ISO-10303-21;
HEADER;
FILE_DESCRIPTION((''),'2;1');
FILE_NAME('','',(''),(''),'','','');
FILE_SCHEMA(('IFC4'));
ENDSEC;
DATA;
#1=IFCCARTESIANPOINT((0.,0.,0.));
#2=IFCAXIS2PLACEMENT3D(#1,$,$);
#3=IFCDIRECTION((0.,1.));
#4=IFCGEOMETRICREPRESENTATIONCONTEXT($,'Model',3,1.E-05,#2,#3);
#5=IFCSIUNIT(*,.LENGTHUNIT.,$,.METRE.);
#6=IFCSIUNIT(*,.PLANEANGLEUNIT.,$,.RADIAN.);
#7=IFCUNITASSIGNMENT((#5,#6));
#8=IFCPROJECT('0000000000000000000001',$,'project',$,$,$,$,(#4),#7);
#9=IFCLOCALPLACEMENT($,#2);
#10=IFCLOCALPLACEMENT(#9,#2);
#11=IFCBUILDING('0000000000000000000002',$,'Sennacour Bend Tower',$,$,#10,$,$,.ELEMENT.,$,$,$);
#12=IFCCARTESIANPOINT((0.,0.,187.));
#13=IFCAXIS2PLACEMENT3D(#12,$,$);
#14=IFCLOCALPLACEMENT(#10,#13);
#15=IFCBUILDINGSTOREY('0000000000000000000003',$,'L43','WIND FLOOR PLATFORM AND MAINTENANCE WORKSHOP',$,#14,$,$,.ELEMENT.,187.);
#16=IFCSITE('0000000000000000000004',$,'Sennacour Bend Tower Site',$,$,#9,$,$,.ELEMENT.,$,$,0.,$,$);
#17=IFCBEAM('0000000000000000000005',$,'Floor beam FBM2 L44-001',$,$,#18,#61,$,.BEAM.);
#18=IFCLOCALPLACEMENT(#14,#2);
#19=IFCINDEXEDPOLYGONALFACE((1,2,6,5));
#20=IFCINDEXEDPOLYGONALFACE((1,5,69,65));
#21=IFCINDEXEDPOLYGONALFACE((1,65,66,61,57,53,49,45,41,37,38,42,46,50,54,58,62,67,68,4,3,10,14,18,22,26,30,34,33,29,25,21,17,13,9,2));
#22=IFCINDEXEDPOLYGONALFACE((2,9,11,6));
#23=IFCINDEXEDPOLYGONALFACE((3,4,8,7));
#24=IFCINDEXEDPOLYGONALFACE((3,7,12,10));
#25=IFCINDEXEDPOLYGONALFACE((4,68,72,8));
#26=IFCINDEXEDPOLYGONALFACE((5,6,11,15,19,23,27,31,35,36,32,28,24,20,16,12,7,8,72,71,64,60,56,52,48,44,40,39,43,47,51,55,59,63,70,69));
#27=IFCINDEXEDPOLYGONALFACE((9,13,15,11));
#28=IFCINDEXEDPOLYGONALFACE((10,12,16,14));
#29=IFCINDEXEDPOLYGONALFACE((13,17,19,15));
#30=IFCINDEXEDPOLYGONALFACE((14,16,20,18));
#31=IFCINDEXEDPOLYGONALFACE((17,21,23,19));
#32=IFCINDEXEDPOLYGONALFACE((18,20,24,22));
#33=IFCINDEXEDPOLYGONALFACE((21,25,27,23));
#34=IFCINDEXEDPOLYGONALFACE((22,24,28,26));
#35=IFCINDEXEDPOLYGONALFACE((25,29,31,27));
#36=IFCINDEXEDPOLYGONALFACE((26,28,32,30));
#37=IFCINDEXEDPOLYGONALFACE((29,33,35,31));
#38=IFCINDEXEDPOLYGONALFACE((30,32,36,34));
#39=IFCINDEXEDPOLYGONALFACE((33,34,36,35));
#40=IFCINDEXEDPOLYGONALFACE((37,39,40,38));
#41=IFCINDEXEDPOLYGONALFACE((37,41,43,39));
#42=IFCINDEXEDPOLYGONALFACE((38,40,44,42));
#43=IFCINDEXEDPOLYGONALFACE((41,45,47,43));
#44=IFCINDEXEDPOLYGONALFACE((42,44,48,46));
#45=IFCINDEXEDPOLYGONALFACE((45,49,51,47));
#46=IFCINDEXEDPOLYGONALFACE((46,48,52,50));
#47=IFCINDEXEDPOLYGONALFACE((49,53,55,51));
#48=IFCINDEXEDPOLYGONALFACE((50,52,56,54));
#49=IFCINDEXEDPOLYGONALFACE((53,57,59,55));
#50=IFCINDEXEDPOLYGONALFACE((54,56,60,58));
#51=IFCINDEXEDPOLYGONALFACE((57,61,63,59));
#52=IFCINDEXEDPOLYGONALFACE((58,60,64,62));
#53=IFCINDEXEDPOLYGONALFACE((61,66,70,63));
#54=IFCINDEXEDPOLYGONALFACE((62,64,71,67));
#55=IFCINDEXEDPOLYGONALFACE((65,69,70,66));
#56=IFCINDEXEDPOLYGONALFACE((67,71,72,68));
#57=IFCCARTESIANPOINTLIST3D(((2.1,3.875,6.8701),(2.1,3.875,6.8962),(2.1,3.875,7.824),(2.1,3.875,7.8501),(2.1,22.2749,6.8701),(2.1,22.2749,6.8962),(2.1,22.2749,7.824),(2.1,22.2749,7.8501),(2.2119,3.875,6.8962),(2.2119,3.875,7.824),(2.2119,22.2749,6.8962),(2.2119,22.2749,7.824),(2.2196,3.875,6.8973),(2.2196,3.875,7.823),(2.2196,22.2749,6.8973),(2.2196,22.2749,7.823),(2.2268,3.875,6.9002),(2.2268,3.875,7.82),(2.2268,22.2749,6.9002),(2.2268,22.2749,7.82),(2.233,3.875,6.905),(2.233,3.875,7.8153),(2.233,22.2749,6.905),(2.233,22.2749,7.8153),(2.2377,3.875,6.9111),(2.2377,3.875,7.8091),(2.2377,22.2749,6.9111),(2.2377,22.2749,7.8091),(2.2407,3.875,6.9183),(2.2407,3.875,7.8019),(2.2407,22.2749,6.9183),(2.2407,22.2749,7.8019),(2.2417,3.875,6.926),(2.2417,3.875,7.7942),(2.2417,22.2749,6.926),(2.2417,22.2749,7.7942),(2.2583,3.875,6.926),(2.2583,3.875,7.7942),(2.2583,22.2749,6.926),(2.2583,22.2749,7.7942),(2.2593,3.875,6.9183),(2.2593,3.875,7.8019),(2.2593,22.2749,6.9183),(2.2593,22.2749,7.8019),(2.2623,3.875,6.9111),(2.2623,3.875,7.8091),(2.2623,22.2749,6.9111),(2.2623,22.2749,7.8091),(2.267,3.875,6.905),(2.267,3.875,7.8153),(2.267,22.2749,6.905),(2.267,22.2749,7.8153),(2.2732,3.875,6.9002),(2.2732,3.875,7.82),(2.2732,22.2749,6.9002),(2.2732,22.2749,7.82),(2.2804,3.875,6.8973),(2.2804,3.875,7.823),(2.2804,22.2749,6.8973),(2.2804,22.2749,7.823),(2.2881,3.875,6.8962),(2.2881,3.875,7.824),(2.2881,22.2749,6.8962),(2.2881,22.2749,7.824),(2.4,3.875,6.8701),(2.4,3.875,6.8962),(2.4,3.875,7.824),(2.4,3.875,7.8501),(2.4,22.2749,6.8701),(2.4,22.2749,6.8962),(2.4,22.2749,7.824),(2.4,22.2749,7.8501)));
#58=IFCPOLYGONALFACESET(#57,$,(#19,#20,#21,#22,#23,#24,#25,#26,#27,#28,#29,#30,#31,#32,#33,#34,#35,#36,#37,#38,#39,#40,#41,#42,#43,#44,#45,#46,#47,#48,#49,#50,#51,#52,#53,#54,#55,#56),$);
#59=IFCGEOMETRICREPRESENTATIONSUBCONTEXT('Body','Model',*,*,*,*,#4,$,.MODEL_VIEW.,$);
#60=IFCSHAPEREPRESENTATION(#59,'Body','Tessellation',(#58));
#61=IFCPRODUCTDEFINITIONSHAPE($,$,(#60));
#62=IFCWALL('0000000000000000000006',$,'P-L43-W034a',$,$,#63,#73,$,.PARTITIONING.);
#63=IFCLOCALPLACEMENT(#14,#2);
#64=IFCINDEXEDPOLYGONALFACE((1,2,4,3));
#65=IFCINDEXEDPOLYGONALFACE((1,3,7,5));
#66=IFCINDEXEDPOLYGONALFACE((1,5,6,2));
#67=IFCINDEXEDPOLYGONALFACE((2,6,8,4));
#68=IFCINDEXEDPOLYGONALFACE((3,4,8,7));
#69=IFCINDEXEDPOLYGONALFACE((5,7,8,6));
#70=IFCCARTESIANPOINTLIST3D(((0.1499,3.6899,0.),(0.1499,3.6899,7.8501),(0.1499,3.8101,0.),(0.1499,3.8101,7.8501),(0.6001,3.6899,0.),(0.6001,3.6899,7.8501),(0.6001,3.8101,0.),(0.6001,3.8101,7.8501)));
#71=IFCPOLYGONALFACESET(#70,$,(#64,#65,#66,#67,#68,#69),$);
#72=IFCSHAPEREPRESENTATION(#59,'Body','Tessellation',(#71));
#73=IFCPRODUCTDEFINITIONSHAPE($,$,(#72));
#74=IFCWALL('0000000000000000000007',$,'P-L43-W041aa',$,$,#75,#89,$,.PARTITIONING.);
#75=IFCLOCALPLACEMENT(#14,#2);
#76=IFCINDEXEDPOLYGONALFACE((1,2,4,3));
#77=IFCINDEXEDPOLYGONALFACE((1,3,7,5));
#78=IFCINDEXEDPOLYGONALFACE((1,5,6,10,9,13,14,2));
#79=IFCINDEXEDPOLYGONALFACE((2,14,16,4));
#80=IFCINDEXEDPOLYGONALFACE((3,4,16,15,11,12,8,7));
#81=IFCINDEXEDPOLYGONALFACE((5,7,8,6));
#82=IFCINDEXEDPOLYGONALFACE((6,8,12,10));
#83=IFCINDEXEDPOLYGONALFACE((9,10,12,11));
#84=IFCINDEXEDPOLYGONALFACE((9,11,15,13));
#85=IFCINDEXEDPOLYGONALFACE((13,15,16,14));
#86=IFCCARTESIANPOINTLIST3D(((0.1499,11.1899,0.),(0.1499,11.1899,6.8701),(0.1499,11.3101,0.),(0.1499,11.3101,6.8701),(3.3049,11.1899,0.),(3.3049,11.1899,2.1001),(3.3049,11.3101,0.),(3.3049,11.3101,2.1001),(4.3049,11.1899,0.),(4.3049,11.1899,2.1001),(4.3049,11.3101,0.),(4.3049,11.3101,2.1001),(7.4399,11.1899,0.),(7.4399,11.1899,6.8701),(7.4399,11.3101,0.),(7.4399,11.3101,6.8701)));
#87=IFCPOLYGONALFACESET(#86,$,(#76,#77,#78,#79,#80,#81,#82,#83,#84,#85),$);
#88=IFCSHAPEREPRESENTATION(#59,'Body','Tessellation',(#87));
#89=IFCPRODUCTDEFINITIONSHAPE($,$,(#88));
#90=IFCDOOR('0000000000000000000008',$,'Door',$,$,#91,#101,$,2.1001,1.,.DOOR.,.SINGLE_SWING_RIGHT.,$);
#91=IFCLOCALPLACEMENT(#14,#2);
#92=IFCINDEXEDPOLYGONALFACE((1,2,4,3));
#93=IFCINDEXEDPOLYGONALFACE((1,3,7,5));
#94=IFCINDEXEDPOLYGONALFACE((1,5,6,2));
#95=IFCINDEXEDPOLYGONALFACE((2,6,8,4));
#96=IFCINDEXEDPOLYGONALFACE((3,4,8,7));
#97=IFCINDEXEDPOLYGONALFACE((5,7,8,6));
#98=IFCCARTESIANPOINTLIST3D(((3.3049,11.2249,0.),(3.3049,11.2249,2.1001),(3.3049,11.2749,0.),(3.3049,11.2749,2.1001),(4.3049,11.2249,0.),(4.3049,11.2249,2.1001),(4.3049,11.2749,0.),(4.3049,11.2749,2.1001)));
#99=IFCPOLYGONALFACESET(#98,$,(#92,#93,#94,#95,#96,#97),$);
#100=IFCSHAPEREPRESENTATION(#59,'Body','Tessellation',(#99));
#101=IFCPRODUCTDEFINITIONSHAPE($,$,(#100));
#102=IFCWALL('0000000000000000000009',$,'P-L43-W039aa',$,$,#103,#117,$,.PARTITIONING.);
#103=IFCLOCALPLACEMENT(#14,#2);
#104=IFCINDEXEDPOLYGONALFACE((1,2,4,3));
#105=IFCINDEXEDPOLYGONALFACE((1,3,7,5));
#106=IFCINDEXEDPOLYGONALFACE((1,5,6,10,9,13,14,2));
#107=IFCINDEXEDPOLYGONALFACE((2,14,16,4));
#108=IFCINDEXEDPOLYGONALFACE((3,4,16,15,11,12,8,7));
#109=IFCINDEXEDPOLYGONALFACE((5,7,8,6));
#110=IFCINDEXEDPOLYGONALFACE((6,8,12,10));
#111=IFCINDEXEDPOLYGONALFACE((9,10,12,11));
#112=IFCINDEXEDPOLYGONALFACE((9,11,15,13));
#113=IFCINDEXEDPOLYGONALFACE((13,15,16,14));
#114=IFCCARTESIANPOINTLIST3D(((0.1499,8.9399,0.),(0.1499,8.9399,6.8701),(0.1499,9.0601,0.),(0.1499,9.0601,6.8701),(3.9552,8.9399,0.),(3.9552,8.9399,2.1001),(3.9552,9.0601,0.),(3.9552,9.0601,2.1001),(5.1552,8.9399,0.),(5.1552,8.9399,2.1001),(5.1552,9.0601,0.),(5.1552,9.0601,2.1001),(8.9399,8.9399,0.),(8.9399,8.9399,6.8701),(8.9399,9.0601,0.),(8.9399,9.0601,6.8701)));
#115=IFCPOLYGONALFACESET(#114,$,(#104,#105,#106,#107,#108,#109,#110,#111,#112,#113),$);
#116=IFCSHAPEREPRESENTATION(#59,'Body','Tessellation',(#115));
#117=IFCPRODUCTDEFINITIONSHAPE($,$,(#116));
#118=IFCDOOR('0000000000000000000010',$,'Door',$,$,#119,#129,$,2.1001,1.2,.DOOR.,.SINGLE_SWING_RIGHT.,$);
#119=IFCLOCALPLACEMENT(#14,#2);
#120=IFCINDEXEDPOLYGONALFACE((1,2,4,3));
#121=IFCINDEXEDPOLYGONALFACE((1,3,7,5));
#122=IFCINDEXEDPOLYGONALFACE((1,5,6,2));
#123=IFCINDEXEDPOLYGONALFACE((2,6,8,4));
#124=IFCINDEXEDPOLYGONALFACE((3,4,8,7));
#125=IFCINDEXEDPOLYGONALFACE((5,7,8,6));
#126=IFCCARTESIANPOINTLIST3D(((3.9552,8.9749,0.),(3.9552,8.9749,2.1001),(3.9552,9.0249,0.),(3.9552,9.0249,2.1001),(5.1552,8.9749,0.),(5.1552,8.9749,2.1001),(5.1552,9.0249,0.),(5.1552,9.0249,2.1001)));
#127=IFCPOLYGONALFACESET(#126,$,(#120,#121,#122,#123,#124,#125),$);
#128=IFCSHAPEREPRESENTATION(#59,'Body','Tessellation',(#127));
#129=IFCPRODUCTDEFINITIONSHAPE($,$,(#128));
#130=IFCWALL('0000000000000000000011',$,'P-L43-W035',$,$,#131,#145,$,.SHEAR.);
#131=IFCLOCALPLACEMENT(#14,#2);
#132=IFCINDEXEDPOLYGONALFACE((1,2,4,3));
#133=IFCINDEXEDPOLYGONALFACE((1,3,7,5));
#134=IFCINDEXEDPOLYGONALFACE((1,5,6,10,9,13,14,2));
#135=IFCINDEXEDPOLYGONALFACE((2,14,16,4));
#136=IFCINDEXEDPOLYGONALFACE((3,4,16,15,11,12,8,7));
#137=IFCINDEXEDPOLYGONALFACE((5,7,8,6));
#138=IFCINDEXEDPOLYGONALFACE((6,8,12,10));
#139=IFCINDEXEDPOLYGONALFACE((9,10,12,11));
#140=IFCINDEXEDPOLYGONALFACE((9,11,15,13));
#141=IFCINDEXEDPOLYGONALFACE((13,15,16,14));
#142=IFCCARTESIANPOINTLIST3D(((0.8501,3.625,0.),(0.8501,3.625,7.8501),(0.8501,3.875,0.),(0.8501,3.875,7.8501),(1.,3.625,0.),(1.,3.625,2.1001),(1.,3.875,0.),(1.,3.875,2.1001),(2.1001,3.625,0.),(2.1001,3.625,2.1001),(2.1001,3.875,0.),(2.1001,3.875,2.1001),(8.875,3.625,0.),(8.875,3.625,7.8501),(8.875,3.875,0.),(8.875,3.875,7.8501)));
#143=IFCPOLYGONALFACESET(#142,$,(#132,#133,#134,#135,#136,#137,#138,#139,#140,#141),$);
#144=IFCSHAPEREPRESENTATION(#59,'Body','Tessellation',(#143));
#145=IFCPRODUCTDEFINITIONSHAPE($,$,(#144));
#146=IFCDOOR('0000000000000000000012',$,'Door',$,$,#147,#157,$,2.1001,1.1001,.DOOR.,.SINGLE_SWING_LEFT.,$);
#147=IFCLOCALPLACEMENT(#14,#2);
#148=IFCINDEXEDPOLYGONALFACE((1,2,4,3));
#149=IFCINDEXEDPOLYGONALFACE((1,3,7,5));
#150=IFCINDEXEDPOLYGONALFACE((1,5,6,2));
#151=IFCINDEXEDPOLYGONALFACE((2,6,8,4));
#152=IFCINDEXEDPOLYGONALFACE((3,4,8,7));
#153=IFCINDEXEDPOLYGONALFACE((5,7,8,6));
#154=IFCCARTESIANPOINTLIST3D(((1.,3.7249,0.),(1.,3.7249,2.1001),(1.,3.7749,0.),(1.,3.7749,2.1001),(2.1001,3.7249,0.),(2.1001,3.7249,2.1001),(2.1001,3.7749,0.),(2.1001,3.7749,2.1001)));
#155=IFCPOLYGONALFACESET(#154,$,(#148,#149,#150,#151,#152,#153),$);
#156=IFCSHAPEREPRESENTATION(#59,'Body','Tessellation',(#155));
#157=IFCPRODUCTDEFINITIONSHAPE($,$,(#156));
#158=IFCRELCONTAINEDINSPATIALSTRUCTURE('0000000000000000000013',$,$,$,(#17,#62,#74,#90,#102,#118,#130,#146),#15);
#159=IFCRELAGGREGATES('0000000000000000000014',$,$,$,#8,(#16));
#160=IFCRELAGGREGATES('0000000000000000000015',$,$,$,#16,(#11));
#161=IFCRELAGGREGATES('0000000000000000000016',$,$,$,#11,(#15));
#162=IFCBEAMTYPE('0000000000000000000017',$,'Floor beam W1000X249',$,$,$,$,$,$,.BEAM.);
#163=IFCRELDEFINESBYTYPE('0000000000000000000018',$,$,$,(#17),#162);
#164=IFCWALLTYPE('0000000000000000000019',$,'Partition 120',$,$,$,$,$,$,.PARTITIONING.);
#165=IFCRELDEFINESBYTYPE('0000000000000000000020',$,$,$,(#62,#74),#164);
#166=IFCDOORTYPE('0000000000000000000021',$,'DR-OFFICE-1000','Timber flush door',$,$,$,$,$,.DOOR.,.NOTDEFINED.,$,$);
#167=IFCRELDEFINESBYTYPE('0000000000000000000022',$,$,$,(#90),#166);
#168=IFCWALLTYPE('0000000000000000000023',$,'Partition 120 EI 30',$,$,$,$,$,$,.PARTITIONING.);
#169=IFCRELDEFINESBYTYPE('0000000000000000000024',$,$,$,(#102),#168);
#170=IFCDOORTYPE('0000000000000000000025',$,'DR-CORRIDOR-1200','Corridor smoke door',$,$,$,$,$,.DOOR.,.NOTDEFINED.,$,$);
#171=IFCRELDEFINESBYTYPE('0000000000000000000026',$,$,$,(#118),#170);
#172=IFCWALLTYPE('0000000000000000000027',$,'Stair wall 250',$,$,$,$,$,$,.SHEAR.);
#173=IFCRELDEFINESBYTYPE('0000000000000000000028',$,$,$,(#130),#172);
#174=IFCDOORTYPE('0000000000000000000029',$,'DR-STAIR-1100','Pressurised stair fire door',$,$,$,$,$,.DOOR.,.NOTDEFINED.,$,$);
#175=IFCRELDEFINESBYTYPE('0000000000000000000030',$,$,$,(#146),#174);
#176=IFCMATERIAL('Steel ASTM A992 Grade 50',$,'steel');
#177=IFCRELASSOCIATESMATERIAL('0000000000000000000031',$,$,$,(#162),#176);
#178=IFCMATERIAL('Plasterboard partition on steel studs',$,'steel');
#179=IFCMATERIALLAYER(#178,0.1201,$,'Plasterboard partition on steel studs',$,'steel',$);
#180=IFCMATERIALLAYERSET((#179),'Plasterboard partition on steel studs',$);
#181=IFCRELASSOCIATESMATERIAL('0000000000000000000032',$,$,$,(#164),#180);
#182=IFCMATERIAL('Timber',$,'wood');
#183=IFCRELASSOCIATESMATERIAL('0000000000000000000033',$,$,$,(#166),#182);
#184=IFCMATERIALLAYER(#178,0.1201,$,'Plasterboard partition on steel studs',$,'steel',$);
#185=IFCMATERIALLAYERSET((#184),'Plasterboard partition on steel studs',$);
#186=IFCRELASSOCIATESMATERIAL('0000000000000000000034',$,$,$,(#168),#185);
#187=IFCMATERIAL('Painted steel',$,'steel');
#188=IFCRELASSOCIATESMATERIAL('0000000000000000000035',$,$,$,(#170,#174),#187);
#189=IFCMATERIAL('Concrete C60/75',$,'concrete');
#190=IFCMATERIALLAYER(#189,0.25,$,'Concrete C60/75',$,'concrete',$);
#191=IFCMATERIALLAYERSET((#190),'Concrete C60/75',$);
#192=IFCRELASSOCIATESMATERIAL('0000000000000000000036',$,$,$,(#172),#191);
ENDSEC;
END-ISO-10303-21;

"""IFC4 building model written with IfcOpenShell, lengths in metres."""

from ifc_helpers import new_model, si_unit, direction, frame, frame_2d, origin, origin_2d, place, context, subcontext, project, spatial, rectangle, i_section, extrude, material, layer, layer_set, material_profile, profile_set, type_object, element, fill, save


model = new_model("IFC4")

# Units and contexts
model_context = context("Model", 3, precision=1e-05, world=origin(), true_north=direction((0.0, 1.0)))
body_context = subcontext(model_context, "Body", "Model", "MODEL_VIEW")
ifc_project = project(units=[si_unit("LENGTHUNIT", "METRE"), si_unit("PLANEANGLEUNIT", "RADIAN")], contexts=[model_context])

# Site, building, storey
site_placement = place(None, origin())
site = spatial("IfcSite", under=ifc_project, at=site_placement, Name="Sennacour Bend Tower Site", CompositionType="ELEMENT", RefElevation=0.0)
building_placement = place(site_placement, origin())
building = spatial("IfcBuilding", under=site, at=building_placement, Name="Sennacour Bend Tower", CompositionType="ELEMENT")
storey_placement = place(building_placement, frame((0.0, 0.0, 187.0)))
storey = spatial("IfcBuildingStorey", under=building, at=storey_placement, Name="L43", Description="WIND FLOOR PLATFORM AND MAINTENANCE WORKSHOP", CompositionType="ELEMENT", Elevation=187.0)

# Shared definitions
ifc_material_1 = material(Name="Steel ASTM A992 Grade 50", Category="steel")

# Beam
ifc_material_profile_1 = material_profile(ifc_material_1, i_section(OverallWidth=0.3, OverallDepth=0.98, WebThickness=0.0166, FlangeThickness=0.0261, FilletRadius=0.0298, at=origin_2d()), Name="Steel ASTM A992 Grade 50", Category="steel")
ifc_profile_set_1 = profile_set([ifc_material_profile_1], Name="Steel ASTM A992 Grade 50")
beam_type = type_object("IfcBeamType", Name="Floor beam W1000X249", PredefinedType="BEAM", material=ifc_profile_set_1)
beam_placement = place(storey_placement, frame((2.25, 3.875, 7.3601), z_axis=(0.0, 1.0, 0.0), x_axis=(-1.0, 0.0, 0.0)))
element("IfcBeam", 1, at=beam_placement, inside=storey, type_object=beam_type, Name="Floor beam FBM2 L44-001", PredefinedType="BEAM", context=body_context, shape_type="SweptSolid", body=[
    extrude(i_section(OverallWidth=0.3, OverallDepth=0.98, WebThickness=0.0166, FlangeThickness=0.0261, FilletRadius=0.0298, at=origin_2d()), origin(), (0.0, 0.0, 1.0), 18.3999),
])

# Wall
ifc_material_2 = material(Name="Plasterboard partition on steel studs", Category="steel")
ifc_layer_1 = layer(ifc_material_2, 0.1201, Name="Plasterboard partition on steel studs", Category="steel")
ifc_layer_set_1 = layer_set([ifc_layer_1], Name="Plasterboard partition on steel studs")
wall_type_1 = type_object("IfcWallType", Name="Partition 120", PredefinedType="PARTITIONING", material=ifc_layer_set_1)
wall_1_placement = place(storey_placement, frame((0.1499, 3.75, 0.0), z_axis=(0.0, 0.0, 1.0), x_axis=(1.0, 0.0, 0.0)))
element("IfcWall", 2, at=wall_1_placement, inside=storey, type_object=wall_type_1, Name="P-L43-W034a", PredefinedType="PARTITIONING", context=body_context, shape_type="SweptSolid", body=[
    extrude(rectangle(XDim=0.4502, YDim=0.1201, at=frame_2d((0.2251, 0.0))), origin(), (0.0, 0.0, 1.0), 7.8501),
])

# Walls, openings, doors
wall_2_placement = place(storey_placement, frame((0.1499, 11.25, 0.0), z_axis=(0.0, 0.0, 1.0), x_axis=(1.0, 0.0, 0.0)))
wall_2 = element("IfcWall", 3, at=wall_2_placement, inside=storey, type_object=wall_type_1, Name="P-L43-W041aa", PredefinedType="PARTITIONING", context=body_context, shape_type="SweptSolid", body=[
    extrude(rectangle(XDim=7.29, YDim=0.1201, at=frame_2d((3.645, 0.0))), origin(), (0.0, 0.0, 1.0), 6.8701),
])
opening_1_placement = place(wall_2_placement, frame((3.155, 0.0, 0.0)))
opening_1 = element("IfcOpeningElement", 4, at=opening_1_placement, cuts=wall_2, PredefinedType="OPENING", context=body_context, shape_type="SweptSolid", body=[
    extrude(rectangle(XDim=1.0, YDim=2.1001, at=frame_2d((0.5, 1.05))), frame((0.0, 0.0701, 0.0), z_axis=(0.0, -1.0, 0.0), x_axis=(1.0, 0.0, 0.0)), (0.0, 0.0, 1.0), 0.1401),
])
ifc_material_3 = material(Name="Timber", Category="wood")
door_type_1 = type_object("IfcDoorType", Name="DR-OFFICE-1000", Description="Timber flush door", OperationType="NOTDEFINED", PredefinedType="DOOR", material=ifc_material_3)
door_1_placement = place(opening_1_placement, origin())
door_1 = element("IfcDoor", 5, at=door_1_placement, inside=storey, type_object=door_type_1, Name="Door", OperationType="SINGLE_SWING_RIGHT", OverallHeight=2.1001, OverallWidth=1.0, PredefinedType="DOOR", context=body_context, shape_type="SweptSolid", body=[
    extrude(rectangle(XDim=1.0, YDim=2.1001, at=frame_2d((0.5, 1.05))), frame((0.0, 0.0249, 0.0), z_axis=(0.0, -1.0, 0.0), x_axis=(1.0, 0.0, 0.0)), (0.0, 0.0, 1.0), 0.05),
])
fill(opening_1, door_1)
ifc_layer_2 = layer(ifc_material_2, 0.1201, Name="Plasterboard partition on steel studs", Category="steel")
ifc_layer_set_2 = layer_set([ifc_layer_2], Name="Plasterboard partition on steel studs")
wall_type_2 = type_object("IfcWallType", Name="Partition 120 EI 30", PredefinedType="PARTITIONING", material=ifc_layer_set_2)
wall_3_placement = place(storey_placement, frame((0.1499, 9.0, 0.0), z_axis=(0.0, 0.0, 1.0), x_axis=(1.0, 0.0, 0.0)))
wall_3 = element("IfcWall", 6, at=wall_3_placement, inside=storey, type_object=wall_type_2, Name="P-L43-W039aa", PredefinedType="PARTITIONING", context=body_context, shape_type="SweptSolid", body=[
    extrude(rectangle(XDim=8.79, YDim=0.1201, at=frame_2d((4.395, 0.0))), origin(), (0.0, 0.0, 1.0), 6.8701),
])
opening_2_placement = place(wall_3_placement, frame((3.8052, 0.0, 0.0)))
opening_2 = element("IfcOpeningElement", 7, at=opening_2_placement, cuts=wall_3, PredefinedType="OPENING", context=body_context, shape_type="SweptSolid", body=[
    extrude(rectangle(XDim=1.2, YDim=2.1001, at=frame_2d((0.6001, 1.05))), frame((0.0, 0.0701, 0.0), z_axis=(0.0, -1.0, 0.0), x_axis=(1.0, 0.0, 0.0)), (0.0, 0.0, 1.0), 0.1401),
])
ifc_material_4 = material(Name="Painted steel", Category="steel")
door_type_2 = type_object("IfcDoorType", Name="DR-CORRIDOR-1200", Description="Corridor smoke door", OperationType="NOTDEFINED", PredefinedType="DOOR", material=ifc_material_4)
door_2_placement = place(opening_2_placement, origin())
door_2 = element("IfcDoor", 8, at=door_2_placement, inside=storey, type_object=door_type_2, Name="Door", OperationType="SINGLE_SWING_RIGHT", OverallHeight=2.1001, OverallWidth=1.2, PredefinedType="DOOR", context=body_context, shape_type="SweptSolid", body=[
    extrude(rectangle(XDim=1.2, YDim=2.1001, at=frame_2d((0.6001, 1.05))), frame((0.0, 0.0249, 0.0), z_axis=(0.0, -1.0, 0.0), x_axis=(1.0, 0.0, 0.0)), (0.0, 0.0, 1.0), 0.05),
])
fill(opening_2, door_2)
ifc_material_5 = material(Name="Concrete C60/75", Category="concrete")
ifc_layer_3 = layer(ifc_material_5, 0.25, Name="Concrete C60/75", Category="concrete")
ifc_layer_set_3 = layer_set([ifc_layer_3], Name="Concrete C60/75")
wall_type_3 = type_object("IfcWallType", Name="Stair wall 250", PredefinedType="SHEAR", material=ifc_layer_set_3)
wall_4_placement = place(storey_placement, frame((0.8501, 3.75, 0.0), z_axis=(0.0, 0.0, 1.0), x_axis=(1.0, 0.0, 0.0)))
wall_4 = element("IfcWall", 9, at=wall_4_placement, inside=storey, type_object=wall_type_3, Name="P-L43-W035", PredefinedType="SHEAR", context=body_context, shape_type="SweptSolid", body=[
    extrude(rectangle(XDim=8.0249, YDim=0.25, at=frame_2d((4.0125, 0.0))), origin(), (0.0, 0.0, 1.0), 7.8501),
])
opening_3_placement = place(wall_4_placement, frame((0.1499, 0.0, 0.0)))
opening_3 = element("IfcOpeningElement", 10, at=opening_3_placement, cuts=wall_4, PredefinedType="OPENING", context=body_context, shape_type="SweptSolid", body=[
    extrude(rectangle(XDim=1.1001, YDim=2.1001, at=frame_2d((0.55, 1.05))), frame((0.0, 0.135, 0.0), z_axis=(0.0, -1.0, 0.0), x_axis=(1.0, 0.0, 0.0)), (0.0, 0.0, 1.0), 0.27),
])
door_type_3 = type_object("IfcDoorType", Name="DR-STAIR-1100", Description="Pressurised stair fire door", OperationType="NOTDEFINED", PredefinedType="DOOR", material=ifc_material_4)
door_3_placement = place(opening_3_placement, origin())
door_3 = element("IfcDoor", 11, at=door_3_placement, inside=storey, type_object=door_type_3, Name="Door", OperationType="SINGLE_SWING_LEFT", OverallHeight=2.1001, OverallWidth=1.1001, PredefinedType="DOOR", context=body_context, shape_type="SweptSolid", body=[
    extrude(rectangle(XDim=1.1001, YDim=2.1001, at=frame_2d((0.55, 1.05))), frame((0.0, 0.0249, 0.0), z_axis=(0.0, -1.0, 0.0), x_axis=(1.0, 0.0, 0.0)), (0.0, 0.0, 1.0), 0.05),
])
fill(opening_3, door_3)

save(model, "model.ifc")
